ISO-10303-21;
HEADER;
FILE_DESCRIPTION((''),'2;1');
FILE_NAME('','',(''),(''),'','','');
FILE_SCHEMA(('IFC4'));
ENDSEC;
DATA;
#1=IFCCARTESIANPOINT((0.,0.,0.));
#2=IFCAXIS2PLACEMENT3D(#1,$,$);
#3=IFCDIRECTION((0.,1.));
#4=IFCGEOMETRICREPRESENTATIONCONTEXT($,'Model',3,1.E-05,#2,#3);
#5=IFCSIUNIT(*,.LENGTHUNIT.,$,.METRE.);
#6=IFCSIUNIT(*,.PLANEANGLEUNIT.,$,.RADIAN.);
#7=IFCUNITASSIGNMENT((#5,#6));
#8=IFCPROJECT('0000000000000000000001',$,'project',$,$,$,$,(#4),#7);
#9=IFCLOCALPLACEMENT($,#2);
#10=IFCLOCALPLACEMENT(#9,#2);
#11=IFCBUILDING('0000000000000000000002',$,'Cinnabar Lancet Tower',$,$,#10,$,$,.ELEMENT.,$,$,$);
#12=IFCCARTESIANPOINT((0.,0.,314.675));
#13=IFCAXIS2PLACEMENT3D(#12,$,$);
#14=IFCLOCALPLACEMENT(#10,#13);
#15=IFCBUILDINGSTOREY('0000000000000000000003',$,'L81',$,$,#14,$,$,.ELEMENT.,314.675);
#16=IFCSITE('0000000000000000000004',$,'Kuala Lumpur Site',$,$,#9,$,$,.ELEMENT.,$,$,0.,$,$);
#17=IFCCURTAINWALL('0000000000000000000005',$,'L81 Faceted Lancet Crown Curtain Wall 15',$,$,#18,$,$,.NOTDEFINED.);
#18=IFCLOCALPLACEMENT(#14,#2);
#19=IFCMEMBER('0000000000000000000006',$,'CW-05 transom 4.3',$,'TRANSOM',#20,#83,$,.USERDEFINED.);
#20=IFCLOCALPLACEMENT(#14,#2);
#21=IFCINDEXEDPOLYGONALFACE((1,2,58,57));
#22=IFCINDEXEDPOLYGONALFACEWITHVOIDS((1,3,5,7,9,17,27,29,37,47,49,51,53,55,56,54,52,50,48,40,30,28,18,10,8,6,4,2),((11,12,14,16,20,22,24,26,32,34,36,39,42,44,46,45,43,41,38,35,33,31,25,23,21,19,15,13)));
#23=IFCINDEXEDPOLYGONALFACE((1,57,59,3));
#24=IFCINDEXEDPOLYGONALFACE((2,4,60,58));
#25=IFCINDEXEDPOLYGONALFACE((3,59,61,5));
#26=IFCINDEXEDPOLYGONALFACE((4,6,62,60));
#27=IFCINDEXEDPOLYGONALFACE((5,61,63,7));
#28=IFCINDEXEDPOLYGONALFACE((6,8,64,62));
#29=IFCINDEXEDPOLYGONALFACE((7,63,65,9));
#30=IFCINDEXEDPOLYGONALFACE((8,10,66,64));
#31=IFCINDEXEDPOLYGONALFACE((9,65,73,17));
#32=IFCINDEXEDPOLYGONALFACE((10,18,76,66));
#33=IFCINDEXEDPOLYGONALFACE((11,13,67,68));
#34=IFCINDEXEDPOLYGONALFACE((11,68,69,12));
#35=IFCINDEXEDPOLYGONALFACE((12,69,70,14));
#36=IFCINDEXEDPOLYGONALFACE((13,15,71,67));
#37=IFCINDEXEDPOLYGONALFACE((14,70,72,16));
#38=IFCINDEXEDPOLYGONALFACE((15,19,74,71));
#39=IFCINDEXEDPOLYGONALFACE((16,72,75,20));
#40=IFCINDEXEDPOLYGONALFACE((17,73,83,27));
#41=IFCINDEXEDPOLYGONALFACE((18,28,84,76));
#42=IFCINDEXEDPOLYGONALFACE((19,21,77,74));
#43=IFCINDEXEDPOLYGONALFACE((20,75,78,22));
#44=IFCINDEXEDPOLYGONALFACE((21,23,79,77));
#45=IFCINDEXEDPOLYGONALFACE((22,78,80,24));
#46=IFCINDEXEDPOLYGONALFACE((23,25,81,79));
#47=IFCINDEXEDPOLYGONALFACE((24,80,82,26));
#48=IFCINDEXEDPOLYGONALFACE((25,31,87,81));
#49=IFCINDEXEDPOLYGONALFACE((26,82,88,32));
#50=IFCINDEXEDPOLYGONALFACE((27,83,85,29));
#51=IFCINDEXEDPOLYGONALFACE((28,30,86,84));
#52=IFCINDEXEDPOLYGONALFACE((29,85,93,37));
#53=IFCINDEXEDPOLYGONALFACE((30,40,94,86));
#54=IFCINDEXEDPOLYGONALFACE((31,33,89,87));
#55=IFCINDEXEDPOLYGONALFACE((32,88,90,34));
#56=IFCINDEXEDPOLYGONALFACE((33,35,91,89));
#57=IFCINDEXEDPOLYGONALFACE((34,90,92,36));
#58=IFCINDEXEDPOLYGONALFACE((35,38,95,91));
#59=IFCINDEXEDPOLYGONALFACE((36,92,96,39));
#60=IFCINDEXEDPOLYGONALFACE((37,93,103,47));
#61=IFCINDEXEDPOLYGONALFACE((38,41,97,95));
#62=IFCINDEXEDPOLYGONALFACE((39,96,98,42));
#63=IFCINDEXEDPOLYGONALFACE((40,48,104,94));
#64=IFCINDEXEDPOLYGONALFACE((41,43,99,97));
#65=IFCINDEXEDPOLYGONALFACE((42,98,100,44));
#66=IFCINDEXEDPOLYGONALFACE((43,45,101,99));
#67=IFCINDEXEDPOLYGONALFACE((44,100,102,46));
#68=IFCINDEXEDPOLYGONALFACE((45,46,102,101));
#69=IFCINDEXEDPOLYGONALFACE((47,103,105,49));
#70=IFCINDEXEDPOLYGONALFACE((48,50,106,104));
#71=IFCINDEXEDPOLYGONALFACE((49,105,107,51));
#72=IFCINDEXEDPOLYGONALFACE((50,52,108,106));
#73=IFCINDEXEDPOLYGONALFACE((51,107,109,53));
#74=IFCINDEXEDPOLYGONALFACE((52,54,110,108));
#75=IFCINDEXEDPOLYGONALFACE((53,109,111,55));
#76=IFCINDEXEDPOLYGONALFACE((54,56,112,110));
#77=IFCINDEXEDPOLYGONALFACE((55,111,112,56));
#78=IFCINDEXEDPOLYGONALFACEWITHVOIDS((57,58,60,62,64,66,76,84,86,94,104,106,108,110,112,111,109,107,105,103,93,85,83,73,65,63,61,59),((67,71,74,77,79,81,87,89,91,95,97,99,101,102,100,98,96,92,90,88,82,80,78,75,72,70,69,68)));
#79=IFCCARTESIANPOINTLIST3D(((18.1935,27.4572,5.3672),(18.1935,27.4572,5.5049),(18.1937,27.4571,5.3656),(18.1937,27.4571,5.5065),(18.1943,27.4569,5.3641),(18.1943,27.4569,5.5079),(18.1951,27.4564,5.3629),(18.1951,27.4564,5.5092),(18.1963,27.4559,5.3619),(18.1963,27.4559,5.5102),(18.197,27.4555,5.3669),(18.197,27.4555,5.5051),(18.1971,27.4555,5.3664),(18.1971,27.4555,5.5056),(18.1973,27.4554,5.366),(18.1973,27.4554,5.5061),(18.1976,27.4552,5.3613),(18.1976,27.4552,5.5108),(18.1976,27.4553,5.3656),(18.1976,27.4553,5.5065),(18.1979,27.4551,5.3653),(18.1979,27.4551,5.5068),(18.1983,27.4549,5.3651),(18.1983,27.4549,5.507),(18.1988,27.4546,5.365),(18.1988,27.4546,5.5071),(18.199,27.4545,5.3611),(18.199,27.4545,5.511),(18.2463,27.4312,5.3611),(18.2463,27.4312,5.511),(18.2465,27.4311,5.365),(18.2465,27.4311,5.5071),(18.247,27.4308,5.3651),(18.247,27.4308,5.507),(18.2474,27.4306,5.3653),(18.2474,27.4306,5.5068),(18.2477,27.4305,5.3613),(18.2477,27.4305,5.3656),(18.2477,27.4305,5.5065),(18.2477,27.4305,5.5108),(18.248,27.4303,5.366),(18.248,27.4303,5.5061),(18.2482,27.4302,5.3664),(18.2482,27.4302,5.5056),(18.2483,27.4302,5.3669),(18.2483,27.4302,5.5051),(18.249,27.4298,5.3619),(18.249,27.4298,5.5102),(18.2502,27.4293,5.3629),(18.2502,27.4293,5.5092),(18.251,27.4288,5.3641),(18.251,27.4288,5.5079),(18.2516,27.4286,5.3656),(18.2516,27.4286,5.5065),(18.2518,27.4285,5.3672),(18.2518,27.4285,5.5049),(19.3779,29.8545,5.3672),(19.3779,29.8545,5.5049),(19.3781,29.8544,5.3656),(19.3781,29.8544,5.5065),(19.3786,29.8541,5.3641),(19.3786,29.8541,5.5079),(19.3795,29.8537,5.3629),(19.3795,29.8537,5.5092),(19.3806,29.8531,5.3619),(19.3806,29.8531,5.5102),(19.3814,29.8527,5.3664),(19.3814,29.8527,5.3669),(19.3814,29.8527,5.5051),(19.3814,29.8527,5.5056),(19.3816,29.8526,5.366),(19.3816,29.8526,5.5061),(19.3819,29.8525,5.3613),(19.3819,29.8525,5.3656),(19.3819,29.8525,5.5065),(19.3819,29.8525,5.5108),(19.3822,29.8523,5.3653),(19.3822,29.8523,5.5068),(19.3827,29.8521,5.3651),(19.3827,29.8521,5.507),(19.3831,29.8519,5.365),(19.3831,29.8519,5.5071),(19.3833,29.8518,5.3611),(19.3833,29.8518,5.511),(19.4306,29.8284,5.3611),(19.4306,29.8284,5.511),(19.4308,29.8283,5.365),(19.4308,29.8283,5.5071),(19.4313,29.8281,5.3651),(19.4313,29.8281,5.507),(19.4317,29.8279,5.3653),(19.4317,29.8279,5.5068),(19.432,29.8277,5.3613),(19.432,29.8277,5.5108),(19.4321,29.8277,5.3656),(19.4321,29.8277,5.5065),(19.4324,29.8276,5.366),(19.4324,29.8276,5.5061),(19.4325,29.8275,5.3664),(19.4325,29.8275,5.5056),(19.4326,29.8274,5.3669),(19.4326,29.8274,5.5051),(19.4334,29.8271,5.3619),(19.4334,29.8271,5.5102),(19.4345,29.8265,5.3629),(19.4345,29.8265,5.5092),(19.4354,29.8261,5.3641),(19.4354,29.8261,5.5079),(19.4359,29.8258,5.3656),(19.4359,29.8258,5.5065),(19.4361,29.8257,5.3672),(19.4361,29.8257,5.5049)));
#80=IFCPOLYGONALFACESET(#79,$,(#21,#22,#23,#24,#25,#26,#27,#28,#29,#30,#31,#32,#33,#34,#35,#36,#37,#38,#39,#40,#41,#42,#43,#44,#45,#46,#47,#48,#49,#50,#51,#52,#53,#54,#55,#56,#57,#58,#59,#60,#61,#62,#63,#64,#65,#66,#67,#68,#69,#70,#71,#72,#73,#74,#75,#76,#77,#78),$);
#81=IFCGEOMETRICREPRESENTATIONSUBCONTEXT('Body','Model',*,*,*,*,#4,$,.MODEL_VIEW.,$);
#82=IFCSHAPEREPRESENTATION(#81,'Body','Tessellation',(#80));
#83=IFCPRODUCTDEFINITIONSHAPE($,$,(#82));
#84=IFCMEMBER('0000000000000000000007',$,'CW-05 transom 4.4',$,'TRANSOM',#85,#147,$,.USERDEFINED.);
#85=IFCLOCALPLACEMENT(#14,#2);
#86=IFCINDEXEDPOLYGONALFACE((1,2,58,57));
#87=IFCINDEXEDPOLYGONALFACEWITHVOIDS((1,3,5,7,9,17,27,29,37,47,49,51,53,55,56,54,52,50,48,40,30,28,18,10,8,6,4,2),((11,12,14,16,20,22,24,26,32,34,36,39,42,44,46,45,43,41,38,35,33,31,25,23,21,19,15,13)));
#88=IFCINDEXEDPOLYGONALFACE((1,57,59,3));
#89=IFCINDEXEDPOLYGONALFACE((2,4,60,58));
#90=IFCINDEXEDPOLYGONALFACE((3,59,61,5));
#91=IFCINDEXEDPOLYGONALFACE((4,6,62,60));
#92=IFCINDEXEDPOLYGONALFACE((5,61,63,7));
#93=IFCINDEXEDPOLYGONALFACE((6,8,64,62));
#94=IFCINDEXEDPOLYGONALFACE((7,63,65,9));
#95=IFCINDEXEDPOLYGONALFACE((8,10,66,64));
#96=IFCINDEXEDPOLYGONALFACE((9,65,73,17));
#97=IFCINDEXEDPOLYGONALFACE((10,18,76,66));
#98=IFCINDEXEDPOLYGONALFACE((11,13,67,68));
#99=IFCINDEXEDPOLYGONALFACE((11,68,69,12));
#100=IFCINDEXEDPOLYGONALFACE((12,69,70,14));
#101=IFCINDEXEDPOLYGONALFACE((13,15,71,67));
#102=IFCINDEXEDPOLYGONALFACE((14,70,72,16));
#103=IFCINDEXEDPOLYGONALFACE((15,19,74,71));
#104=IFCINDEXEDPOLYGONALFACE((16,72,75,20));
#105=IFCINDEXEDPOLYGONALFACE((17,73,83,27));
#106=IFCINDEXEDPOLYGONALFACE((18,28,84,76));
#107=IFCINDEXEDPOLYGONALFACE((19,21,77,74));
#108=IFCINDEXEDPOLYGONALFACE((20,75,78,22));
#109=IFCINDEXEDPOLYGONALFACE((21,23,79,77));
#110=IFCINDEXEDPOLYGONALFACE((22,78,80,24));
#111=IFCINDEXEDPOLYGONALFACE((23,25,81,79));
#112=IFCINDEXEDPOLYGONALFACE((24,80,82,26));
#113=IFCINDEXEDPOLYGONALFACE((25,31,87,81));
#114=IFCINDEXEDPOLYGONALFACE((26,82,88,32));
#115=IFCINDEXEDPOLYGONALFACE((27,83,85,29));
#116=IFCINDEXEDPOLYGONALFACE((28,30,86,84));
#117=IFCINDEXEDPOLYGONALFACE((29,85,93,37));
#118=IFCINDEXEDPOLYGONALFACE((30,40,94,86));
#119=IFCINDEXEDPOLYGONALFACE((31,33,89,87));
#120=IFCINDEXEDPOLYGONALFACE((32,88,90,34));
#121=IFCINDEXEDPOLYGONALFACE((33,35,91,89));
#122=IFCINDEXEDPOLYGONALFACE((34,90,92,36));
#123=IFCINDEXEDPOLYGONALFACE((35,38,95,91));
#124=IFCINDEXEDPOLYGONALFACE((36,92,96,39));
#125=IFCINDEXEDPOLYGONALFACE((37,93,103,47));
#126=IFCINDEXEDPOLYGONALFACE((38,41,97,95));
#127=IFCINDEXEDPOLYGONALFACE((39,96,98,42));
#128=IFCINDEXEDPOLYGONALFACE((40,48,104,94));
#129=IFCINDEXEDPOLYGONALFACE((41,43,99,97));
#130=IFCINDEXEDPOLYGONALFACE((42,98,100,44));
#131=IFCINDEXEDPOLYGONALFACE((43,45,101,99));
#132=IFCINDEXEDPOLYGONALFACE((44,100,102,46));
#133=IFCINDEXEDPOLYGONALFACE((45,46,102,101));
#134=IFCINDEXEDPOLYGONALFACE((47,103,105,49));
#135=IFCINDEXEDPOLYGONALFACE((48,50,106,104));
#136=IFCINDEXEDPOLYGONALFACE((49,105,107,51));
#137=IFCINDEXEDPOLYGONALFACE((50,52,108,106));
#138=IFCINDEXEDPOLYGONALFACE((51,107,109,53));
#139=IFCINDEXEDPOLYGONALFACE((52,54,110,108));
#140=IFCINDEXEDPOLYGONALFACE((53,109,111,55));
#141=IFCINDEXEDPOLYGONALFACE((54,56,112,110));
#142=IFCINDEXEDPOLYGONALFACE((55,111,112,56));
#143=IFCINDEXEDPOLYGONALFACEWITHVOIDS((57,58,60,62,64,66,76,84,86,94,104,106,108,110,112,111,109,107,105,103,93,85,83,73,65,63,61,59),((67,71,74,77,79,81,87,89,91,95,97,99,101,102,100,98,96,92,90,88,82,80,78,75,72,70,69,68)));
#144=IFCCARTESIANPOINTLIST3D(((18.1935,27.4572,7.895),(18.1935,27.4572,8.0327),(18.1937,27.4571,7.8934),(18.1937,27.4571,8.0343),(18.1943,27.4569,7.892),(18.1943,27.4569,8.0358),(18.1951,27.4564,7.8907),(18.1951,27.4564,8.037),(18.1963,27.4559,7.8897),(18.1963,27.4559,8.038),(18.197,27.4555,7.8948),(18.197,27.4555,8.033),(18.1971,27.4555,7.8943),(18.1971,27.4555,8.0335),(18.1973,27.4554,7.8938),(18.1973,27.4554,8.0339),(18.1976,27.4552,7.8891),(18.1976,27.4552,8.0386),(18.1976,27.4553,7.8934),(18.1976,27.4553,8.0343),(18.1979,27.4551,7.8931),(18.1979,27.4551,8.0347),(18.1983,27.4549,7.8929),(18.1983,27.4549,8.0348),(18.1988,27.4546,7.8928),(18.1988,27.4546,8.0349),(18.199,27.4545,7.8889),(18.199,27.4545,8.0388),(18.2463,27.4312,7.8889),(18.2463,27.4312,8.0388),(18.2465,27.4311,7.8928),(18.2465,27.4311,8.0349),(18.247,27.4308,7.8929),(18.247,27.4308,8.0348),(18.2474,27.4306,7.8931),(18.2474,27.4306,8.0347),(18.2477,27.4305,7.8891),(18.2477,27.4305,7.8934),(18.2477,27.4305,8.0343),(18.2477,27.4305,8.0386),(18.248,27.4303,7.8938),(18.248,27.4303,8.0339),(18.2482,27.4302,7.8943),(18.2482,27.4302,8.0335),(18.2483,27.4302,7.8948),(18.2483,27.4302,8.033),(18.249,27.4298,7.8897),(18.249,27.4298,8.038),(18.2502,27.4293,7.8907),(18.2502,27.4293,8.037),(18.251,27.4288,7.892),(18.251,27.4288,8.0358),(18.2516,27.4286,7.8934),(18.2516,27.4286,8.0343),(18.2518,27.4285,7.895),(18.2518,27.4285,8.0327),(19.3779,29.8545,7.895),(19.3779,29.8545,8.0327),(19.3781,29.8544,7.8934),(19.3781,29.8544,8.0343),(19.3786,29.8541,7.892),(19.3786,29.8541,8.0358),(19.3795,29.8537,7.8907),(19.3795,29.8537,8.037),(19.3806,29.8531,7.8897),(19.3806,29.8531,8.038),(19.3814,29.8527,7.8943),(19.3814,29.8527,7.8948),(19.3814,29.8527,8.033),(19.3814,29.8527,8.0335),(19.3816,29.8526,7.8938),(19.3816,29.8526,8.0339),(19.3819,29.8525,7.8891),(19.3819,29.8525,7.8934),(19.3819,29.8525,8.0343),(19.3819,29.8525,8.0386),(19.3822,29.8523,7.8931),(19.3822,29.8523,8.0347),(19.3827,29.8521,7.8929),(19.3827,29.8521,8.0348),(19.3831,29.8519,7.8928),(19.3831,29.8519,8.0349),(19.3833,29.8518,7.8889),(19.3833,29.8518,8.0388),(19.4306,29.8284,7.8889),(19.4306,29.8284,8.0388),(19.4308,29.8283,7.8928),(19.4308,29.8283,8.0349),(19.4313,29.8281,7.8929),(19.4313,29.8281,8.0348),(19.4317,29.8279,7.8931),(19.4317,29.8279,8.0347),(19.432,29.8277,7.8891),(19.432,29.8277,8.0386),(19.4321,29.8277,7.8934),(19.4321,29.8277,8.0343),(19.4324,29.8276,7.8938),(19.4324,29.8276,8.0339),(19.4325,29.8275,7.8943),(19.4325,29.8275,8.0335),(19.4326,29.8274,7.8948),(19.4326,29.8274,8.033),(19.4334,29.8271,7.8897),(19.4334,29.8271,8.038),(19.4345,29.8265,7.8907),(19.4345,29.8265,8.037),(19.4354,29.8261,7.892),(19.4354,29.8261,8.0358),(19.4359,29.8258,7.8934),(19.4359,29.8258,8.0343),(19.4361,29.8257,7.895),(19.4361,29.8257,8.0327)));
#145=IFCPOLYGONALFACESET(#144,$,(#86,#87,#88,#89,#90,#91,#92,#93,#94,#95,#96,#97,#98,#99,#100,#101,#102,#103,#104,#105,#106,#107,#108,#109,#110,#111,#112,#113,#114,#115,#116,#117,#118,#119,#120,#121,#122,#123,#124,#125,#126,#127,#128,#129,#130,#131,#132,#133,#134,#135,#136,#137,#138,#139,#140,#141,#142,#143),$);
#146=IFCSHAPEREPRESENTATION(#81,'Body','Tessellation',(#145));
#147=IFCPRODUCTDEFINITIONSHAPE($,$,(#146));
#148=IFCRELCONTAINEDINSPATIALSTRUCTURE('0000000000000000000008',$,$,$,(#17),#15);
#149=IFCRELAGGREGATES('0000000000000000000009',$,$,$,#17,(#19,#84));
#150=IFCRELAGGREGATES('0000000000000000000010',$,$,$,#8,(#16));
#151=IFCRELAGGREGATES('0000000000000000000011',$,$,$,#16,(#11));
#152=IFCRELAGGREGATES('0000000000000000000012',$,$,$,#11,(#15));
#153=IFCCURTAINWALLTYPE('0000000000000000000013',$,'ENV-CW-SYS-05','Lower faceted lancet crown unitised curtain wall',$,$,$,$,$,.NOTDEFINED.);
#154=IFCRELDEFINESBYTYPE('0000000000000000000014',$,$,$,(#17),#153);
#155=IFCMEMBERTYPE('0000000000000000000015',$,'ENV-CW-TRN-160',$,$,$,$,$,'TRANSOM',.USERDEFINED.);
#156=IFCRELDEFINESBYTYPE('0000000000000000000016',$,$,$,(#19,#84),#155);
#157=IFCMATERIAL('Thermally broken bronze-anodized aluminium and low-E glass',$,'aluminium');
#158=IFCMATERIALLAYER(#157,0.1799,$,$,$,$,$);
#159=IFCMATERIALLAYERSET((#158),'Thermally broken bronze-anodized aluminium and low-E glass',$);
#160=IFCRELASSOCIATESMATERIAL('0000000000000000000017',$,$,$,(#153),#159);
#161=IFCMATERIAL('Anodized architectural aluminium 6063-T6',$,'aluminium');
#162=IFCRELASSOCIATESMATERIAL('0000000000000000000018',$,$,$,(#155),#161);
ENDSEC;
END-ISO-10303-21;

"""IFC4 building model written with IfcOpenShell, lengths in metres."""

from ifc_helpers import new_model, si_unit, direction, frame, origin, origin_2d, place, context, subcontext, project, spatial, hollow_rectangle, extrude, material, layer, layer_set, material_profile, profile_set, type_object, element, aggregate, save


model = new_model("IFC4")

# Units and contexts
model_context = context("Model", 3, precision=1e-05, world=origin(), true_north=direction((0.0, 1.0)))
body_context = subcontext(model_context, "Body", "Model", "MODEL_VIEW")
ifc_project = project(units=[si_unit("LENGTHUNIT", "METRE"), si_unit("PLANEANGLEUNIT", "RADIAN")], contexts=[model_context])

# Site, building, storey
site_placement = place(None, origin())
site = spatial("IfcSite", under=ifc_project, at=site_placement, Name="Kuala Lumpur Site", CompositionType="ELEMENT", RefElevation=0.0)
building_placement = place(site_placement, origin())
building = spatial("IfcBuilding", under=site, at=building_placement, Name="Cinnabar Lancet Tower", CompositionType="ELEMENT")
storey_placement = place(building_placement, frame((0.0, 0.0, 314.675)))
storey = spatial("IfcBuildingStorey", under=building, at=storey_placement, Name="L81", CompositionType="ELEMENT", Elevation=314.675)

# Curtain wall
ifc_material_1 = material(Name="Thermally broken bronze-anodized aluminium and low-E glass", Category="aluminium")
ifc_layer_1 = layer(ifc_material_1, 0.1799)
ifc_layer_set_1 = layer_set([ifc_layer_1], Name="Thermally broken bronze-anodized aluminium and low-E glass")
curtain_wall_type = type_object("IfcCurtainWallType", Name="ENV-CW-SYS-05", Description="Lower faceted lancet crown unitised curtain wall", PredefinedType="NOTDEFINED", material=ifc_layer_set_1)
curtain_wall_1_placement = place(storey_placement, origin())
curtain_wall_1 = element("IfcCurtainWall", 1, at=curtain_wall_1_placement, inside=storey, type_object=curtain_wall_type, Name="L81 Faceted Lancet Crown Curtain Wall 15", PredefinedType="NOTDEFINED")

# Members
ifc_material_2 = material(Name="Anodized architectural aluminium 6063-T6", Category="aluminium")
ifc_material_profile_1 = material_profile(ifc_material_2, hollow_rectangle(XDim=0.0649, YDim=0.1499, WallThickness=0.0039, InnerFilletRadius=0.002, OuterFilletRadius=0.0061, at=origin_2d()), Name="CW-TRN 150x65x4")
ifc_profile_set_1 = profile_set([ifc_material_profile_1], Name="Anodized architectural aluminium 6063-T6")
member_type_1 = type_object("IfcMemberType", Name="ENV-CW-TRN-160", ElementType="TRANSOM", PredefinedType="USERDEFINED", material=ifc_profile_set_1)
member_1_placement = place(storey_placement, frame((19.407, 29.8401, 5.436), z_axis=(-0.442935, -0.896554, 0.0), x_axis=(0.896554, -0.442935, 0.0)))
member_1 = element("IfcMember", 2, at=member_1_placement, type_object=member_type_1, Name="CW-05 transom 4.3", ObjectType="TRANSOM", PredefinedType="USERDEFINED", context=body_context, shape_type="SweptSolid", body=[
    extrude(hollow_rectangle(XDim=0.0649, YDim=0.1499, WallThickness=0.0039, InnerFilletRadius=0.002, OuterFilletRadius=0.0061, at=origin_2d()), origin(), (0.0, 0.0, 1.0), 2.6738),
])
member_2_placement = place(storey_placement, frame((19.407, 29.8401, 7.9639), z_axis=(-0.442935, -0.896554, 0.0), x_axis=(0.896554, -0.442935, 0.0)))
member_2 = element("IfcMember", 3, at=member_2_placement, type_object=member_type_1, Name="CW-05 transom 4.4", ObjectType="TRANSOM", PredefinedType="USERDEFINED", context=body_context, shape_type="SweptSolid", body=[
    extrude(hollow_rectangle(XDim=0.0649, YDim=0.1499, WallThickness=0.0039, InnerFilletRadius=0.002, OuterFilletRadius=0.0061, at=origin_2d()), origin(), (0.0, 0.0, 1.0), 2.6738),
])

aggregate(curtain_wall_1, [member_1, member_2])

save(model, "model.ifc")
